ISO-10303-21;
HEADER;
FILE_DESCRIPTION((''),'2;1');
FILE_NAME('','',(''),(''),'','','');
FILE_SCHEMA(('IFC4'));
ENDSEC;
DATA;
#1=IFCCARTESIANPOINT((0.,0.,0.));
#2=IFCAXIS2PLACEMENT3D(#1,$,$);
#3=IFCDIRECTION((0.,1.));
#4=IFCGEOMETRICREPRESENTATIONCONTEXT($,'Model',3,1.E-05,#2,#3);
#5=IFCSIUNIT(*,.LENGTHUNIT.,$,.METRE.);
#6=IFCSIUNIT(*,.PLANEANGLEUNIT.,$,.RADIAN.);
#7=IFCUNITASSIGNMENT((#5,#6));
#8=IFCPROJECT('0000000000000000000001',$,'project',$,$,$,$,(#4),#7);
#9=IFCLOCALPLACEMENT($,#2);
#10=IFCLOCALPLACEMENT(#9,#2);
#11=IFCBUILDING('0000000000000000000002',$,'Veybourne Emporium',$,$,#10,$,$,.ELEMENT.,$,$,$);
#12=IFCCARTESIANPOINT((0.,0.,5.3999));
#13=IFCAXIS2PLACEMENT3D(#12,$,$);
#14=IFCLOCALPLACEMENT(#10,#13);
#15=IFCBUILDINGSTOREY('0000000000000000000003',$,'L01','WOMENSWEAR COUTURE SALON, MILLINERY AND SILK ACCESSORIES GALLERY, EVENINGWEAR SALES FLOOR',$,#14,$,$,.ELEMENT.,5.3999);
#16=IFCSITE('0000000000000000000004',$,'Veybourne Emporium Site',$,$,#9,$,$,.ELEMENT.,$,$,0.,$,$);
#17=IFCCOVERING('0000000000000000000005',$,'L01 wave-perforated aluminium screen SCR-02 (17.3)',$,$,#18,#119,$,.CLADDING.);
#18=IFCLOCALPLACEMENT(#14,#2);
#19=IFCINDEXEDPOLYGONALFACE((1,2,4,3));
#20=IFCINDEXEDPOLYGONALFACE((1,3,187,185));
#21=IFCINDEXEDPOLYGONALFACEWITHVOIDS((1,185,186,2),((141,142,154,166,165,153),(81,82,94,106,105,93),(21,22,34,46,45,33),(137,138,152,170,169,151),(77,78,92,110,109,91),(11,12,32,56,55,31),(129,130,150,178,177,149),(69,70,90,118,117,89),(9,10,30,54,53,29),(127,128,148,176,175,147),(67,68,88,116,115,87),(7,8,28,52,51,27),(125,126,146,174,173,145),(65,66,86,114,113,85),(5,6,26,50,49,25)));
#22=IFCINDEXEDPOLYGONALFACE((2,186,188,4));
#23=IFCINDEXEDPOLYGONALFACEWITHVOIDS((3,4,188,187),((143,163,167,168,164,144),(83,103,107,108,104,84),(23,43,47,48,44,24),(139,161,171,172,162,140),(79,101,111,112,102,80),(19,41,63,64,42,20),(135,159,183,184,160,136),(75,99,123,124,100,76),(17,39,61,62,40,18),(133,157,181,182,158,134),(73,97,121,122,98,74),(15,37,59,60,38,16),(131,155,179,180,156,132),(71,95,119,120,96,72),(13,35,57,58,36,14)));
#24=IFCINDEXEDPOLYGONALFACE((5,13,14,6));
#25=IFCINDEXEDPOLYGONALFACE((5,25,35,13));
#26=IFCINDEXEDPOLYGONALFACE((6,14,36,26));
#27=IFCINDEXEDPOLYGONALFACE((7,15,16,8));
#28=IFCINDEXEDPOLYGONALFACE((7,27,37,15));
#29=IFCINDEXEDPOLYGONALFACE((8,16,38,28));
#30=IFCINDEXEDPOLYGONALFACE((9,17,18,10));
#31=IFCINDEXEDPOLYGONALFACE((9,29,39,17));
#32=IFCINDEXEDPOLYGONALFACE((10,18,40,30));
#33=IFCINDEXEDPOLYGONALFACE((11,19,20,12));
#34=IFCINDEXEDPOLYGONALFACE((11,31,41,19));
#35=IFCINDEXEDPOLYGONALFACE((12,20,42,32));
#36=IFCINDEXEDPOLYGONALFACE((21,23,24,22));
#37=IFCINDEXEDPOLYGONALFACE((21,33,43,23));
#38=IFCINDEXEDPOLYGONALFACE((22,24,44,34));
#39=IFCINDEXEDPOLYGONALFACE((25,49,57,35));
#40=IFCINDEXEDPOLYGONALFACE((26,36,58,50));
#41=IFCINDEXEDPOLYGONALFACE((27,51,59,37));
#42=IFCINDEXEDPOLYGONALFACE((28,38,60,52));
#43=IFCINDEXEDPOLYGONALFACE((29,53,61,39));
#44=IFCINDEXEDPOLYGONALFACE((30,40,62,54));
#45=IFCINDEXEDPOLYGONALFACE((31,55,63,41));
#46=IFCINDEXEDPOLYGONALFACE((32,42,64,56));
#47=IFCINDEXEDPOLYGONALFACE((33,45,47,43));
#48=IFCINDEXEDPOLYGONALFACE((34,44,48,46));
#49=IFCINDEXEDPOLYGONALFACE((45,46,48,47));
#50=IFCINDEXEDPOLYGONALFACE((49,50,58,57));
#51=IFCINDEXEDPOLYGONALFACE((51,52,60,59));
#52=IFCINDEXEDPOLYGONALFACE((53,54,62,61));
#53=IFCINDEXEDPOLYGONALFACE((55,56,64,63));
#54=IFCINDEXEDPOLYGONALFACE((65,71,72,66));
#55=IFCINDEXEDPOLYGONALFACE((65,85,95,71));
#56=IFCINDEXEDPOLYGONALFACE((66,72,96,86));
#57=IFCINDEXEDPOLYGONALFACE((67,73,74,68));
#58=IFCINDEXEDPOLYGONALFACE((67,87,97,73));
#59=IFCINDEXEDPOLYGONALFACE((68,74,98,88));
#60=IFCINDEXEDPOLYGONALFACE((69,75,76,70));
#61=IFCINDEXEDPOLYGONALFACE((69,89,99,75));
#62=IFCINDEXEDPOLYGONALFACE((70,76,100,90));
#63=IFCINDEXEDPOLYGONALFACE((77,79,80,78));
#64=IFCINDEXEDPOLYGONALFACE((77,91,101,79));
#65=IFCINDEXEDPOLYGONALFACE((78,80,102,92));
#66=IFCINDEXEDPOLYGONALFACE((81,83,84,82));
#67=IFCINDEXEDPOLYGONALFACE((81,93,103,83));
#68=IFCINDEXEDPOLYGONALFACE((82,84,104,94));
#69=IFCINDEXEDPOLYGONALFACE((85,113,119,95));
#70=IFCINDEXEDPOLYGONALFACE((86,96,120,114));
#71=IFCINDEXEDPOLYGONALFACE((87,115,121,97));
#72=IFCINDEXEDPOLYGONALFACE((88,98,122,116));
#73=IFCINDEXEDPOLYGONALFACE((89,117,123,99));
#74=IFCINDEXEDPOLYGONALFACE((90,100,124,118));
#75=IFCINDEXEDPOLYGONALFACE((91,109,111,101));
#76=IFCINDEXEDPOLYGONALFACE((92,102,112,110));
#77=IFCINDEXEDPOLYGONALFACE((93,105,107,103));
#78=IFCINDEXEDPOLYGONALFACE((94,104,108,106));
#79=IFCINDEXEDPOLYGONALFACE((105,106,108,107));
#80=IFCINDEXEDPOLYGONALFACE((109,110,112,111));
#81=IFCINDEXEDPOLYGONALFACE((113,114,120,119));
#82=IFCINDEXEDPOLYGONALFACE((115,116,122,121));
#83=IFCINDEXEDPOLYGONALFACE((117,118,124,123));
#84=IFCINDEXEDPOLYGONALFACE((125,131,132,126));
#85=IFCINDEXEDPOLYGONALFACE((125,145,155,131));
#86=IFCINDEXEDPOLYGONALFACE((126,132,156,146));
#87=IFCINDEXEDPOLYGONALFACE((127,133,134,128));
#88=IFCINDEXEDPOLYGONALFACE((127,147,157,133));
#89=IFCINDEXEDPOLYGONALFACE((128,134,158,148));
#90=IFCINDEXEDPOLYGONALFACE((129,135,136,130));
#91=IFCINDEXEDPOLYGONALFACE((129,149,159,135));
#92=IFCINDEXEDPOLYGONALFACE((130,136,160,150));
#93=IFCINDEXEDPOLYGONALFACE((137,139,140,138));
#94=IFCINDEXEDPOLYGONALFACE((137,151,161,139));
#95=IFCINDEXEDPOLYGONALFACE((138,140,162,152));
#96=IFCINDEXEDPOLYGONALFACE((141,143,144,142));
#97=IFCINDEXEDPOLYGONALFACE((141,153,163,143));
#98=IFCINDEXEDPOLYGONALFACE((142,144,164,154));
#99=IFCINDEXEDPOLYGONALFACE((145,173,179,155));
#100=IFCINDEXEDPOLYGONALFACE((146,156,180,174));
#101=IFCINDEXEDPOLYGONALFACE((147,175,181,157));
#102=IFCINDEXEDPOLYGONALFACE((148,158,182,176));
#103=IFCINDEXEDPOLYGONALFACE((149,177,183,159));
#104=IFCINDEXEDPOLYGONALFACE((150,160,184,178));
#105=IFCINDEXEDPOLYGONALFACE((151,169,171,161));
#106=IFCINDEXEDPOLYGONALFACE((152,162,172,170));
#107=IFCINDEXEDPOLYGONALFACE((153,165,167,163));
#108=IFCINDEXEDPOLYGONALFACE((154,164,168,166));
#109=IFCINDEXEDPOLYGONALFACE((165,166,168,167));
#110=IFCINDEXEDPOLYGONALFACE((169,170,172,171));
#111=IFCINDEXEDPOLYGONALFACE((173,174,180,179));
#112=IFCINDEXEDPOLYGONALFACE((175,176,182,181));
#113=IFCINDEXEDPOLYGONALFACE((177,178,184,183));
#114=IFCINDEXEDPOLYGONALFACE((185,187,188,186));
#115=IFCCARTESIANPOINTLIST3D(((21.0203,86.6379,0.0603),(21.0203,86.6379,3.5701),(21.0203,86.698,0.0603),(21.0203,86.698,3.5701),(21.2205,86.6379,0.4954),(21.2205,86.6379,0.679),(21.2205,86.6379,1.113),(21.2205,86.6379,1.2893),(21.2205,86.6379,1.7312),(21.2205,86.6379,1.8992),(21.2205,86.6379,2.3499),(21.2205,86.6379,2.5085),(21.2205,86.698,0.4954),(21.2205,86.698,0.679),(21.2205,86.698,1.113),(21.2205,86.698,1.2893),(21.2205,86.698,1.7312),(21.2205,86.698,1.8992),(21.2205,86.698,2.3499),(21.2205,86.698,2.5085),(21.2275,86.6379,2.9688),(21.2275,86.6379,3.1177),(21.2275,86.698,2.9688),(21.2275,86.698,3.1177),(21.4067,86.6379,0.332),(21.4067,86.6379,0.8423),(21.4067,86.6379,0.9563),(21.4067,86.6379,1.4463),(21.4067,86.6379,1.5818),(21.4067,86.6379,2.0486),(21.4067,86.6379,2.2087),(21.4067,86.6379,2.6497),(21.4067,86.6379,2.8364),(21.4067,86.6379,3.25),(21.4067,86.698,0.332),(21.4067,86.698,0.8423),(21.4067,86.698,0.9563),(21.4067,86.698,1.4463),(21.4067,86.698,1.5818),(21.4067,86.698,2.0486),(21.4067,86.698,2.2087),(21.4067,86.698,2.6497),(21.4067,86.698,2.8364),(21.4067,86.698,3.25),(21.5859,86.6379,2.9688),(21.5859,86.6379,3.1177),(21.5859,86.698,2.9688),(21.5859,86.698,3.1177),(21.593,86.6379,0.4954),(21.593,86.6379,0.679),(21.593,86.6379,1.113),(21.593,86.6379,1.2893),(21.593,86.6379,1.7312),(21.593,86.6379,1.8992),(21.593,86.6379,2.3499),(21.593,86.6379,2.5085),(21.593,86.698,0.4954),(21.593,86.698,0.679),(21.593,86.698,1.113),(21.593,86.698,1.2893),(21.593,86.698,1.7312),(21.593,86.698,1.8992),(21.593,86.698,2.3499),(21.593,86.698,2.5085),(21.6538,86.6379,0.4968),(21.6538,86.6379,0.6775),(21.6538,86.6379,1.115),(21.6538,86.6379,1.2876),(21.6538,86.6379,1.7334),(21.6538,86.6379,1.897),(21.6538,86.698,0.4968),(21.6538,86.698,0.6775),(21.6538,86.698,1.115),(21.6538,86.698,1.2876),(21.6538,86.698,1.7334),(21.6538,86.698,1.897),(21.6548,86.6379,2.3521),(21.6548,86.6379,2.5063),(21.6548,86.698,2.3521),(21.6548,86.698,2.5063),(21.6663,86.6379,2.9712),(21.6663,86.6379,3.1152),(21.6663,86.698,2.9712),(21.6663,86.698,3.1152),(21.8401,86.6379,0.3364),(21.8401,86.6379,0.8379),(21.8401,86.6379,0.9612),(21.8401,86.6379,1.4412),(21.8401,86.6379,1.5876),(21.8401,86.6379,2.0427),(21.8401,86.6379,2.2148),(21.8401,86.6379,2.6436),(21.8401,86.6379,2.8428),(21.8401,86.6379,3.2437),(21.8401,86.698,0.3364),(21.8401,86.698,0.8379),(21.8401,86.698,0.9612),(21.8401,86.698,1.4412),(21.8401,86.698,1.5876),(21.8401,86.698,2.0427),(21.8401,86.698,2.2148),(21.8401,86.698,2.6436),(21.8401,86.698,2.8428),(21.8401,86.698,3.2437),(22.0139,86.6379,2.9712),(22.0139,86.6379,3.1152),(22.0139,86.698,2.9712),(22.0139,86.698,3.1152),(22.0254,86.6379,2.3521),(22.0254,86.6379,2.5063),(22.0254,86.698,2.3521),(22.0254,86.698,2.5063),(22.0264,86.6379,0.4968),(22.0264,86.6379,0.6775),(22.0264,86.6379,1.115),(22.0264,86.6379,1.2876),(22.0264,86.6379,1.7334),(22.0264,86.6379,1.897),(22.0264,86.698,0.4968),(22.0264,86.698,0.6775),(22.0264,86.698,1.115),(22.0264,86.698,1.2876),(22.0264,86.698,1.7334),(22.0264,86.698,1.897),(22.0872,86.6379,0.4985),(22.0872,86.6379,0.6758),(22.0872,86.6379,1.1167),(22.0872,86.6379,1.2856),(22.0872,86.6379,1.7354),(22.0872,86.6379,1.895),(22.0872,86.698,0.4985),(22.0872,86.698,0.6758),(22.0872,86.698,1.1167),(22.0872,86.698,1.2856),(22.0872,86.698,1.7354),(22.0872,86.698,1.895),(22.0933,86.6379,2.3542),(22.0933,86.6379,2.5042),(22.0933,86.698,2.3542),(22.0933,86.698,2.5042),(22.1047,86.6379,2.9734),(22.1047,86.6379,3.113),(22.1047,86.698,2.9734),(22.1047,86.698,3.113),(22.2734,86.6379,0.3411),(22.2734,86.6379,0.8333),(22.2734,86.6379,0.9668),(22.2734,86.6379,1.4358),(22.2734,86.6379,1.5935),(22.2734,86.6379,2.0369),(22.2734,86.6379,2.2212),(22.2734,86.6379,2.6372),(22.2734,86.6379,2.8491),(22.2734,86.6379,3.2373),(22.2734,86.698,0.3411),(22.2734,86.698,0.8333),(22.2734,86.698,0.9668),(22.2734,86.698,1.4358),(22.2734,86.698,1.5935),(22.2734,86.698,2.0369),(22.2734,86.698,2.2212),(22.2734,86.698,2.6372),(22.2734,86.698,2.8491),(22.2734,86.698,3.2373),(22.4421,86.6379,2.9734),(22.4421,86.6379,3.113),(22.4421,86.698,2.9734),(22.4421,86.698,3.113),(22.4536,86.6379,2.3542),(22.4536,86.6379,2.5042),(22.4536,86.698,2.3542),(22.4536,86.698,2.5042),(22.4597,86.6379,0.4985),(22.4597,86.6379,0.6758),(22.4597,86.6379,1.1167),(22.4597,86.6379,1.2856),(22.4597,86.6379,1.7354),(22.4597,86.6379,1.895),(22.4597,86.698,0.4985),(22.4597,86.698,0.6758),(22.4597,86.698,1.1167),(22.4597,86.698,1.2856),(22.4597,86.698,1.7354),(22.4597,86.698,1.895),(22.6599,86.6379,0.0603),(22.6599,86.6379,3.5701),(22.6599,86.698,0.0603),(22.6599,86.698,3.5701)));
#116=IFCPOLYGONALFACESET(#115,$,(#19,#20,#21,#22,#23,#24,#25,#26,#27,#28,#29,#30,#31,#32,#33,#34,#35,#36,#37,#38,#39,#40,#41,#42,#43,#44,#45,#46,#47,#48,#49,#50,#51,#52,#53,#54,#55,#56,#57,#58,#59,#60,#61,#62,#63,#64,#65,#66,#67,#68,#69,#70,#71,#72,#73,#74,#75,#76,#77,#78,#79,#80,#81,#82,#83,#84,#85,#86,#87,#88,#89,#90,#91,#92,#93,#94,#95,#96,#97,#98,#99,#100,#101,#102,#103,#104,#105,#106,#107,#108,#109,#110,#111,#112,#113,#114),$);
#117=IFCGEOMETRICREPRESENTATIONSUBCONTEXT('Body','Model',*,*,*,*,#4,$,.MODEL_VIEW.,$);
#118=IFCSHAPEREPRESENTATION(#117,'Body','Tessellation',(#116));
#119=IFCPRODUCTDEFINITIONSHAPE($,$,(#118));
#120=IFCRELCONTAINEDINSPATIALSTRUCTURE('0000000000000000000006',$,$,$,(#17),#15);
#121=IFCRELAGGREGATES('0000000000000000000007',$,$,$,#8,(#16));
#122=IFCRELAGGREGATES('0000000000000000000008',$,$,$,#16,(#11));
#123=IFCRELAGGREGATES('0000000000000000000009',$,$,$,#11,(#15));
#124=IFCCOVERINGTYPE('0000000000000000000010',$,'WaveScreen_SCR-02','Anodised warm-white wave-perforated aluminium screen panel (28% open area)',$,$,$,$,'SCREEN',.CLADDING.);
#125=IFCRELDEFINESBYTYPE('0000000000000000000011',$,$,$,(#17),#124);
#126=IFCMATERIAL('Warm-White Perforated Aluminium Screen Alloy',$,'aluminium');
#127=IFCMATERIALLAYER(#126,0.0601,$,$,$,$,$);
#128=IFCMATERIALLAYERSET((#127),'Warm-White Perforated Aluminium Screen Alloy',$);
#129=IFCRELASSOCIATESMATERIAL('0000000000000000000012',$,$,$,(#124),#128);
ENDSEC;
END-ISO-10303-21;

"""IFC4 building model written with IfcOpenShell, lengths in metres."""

from ifc_helpers import new_model, si_unit, direction, frame, origin, place, context, subcontext, project, spatial, polyline, outline, extrude, material, layer, layer_set, type_object, element, save


model = new_model("IFC4")

# Units and contexts
model_context = context("Model", 3, precision=1e-05, world=origin(), true_north=direction((0.0, 1.0)))
body_context = subcontext(model_context, "Body", "Model", "MODEL_VIEW")
ifc_project = project(units=[si_unit("LENGTHUNIT", "METRE"), si_unit("PLANEANGLEUNIT", "RADIAN")], contexts=[model_context])

# Site, building, storey
site_placement = place(None, origin())
site = spatial("IfcSite", under=ifc_project, at=site_placement, Name="Veybourne Emporium Site", CompositionType="ELEMENT", RefElevation=0.0)
building_placement = place(site_placement, origin())
building = spatial("IfcBuilding", under=site, at=building_placement, Name="Veybourne Emporium", CompositionType="ELEMENT")
storey_placement = place(building_placement, frame((0.0, 0.0, 5.3999)))
storey = spatial("IfcBuildingStorey", under=building, at=storey_placement, Name="L01", Description="WOMENSWEAR COUTURE SALON, MILLINERY AND SILK ACCESSORIES GALLERY, EVENINGWEAR SALES FLOOR", CompositionType="ELEMENT", Elevation=5.3999)

# Covering
ifc_material_1 = material(Name="Warm-White Perforated Aluminium Screen Alloy", Category="aluminium")
ifc_layer_1 = layer(ifc_material_1, 0.0601)
ifc_layer_set_1 = layer_set([ifc_layer_1], Name="Warm-White Perforated Aluminium Screen Alloy")
covering_type_1 = type_object("IfcCoveringType", Name="WaveScreen_SCR-02", Description="Anodised warm-white wave-perforated aluminium screen panel (28% open area)", ElementType="SCREEN", PredefinedType="CLADDING", material=ifc_layer_set_1)
covering_1_placement = place(storey_placement, frame((21.8401, 86.698, 1.8152), z_axis=(0.0, -1.0, 0.0), x_axis=(1.0, 0.0, 0.0)))
element("IfcCovering", 1, at=covering_1_placement, inside=storey, type_object=covering_type_1, Name="L01 wave-perforated aluminium screen SCR-02 (17.3)", PredefinedType="CLADDING", context=body_context, shape_type="SweptSolid", body=[
    extrude(outline(polyline([(-0.8198, -1.7549), (0.8198, -1.7549), (0.8198, 1.7549), (-0.8198, 1.7549), (-0.8198, -1.7549)]), holes=[polyline([(-0.4333, -0.9729), (-0.2471, -1.1362), (-0.2471, -1.3198), (-0.4333, -1.4832), (-0.6196, -1.3198), (-0.6196, -1.1362), (-0.4333, -0.9729)]), polyline([(-0.4333, -0.3689), (-0.2471, -0.5259), (-0.2471, -0.7021), (-0.4333, -0.8589), (-0.6196, -0.7021), (-0.6196, -0.5259), (-0.4333, -0.3689)]), polyline([(-0.4333, 0.2334), (-0.2471, 0.084), (-0.2471, -0.084), (-0.4333, -0.2334), (-0.6196, -0.084), (-0.6196, 0.084), (-0.4333, 0.2334)]), polyline([(-0.4333, 0.8345), (-0.2471, 0.6934), (-0.2471, 0.5347), (-0.4333, 0.3936), (-0.6196, 0.5347), (-0.6196, 0.6934), (-0.4333, 0.8345)]), polyline([(-0.4333, 1.4348), (-0.2542, 1.3025), (-0.2542, 1.1536), (-0.4333, 1.0212), (-0.6125, 1.1536), (-0.6125, 1.3025), (-0.4333, 1.4348)]), polyline([(0.0, -0.9773), (0.1863, -1.1377), (0.1863, -1.3184), (0.0, -1.4788), (-0.1863, -1.3184), (-0.1863, -1.1377), (0.0, -0.9773)]), polyline([(0.0, -0.374), (0.1863, -0.5276), (0.1863, -0.7002), (0.0, -0.854), (-0.1863, -0.7002), (-0.1863, -0.5276), (0.0, -0.374)]), polyline([(0.0, 0.2275), (0.1863, 0.0818), (0.1863, -0.0818), (0.0, -0.2275), (-0.1863, -0.0818), (-0.1863, 0.0818), (0.0, 0.2275)]), polyline([(0.0, 0.8284), (0.1853, 0.6912), (0.1853, 0.5369), (0.0, 0.3997), (-0.1853, 0.5369), (-0.1853, 0.6912), (0.0, 0.8284)]), polyline([(0.0, 1.4285), (0.1738, 1.3), (0.1738, 1.156), (0.0, 1.0276), (-0.1738, 1.156), (-0.1738, 1.3), (0.0, 1.4285)]), polyline([(0.4333, -0.9819), (0.6196, -1.1394), (0.6196, -1.3167), (0.4333, -1.4741), (0.2471, -1.3167), (0.2471, -1.1394), (0.4333, -0.9819)]), polyline([(0.4333, -0.3794), (0.6196, -0.5295), (0.6196, -0.6985), (0.4333, -0.8484), (0.2471, -0.6985), (0.2471, -0.5295), (0.4333, -0.3794)]), polyline([(0.4333, 0.2217), (0.6196, 0.0798), (0.6196, -0.0798), (0.4333, -0.2217), (0.2471, -0.0798), (0.2471, 0.0798), (0.4333, 0.2217)]), polyline([(0.4333, 0.822), (0.6135, 0.689), (0.6135, 0.5391), (0.4333, 0.406), (0.2532, 0.5391), (0.2532, 0.689), (0.4333, 0.822)]), polyline([(0.4333, 1.4221), (0.6021, 1.2979), (0.6021, 1.1582), (0.4333, 1.0339), (0.2646, 1.1582), (0.2646, 1.2979), (0.4333, 1.4221)])]), origin(), (0.0, 0.0, 1.0), 0.0601),
])

save(model, "model.ifc")
